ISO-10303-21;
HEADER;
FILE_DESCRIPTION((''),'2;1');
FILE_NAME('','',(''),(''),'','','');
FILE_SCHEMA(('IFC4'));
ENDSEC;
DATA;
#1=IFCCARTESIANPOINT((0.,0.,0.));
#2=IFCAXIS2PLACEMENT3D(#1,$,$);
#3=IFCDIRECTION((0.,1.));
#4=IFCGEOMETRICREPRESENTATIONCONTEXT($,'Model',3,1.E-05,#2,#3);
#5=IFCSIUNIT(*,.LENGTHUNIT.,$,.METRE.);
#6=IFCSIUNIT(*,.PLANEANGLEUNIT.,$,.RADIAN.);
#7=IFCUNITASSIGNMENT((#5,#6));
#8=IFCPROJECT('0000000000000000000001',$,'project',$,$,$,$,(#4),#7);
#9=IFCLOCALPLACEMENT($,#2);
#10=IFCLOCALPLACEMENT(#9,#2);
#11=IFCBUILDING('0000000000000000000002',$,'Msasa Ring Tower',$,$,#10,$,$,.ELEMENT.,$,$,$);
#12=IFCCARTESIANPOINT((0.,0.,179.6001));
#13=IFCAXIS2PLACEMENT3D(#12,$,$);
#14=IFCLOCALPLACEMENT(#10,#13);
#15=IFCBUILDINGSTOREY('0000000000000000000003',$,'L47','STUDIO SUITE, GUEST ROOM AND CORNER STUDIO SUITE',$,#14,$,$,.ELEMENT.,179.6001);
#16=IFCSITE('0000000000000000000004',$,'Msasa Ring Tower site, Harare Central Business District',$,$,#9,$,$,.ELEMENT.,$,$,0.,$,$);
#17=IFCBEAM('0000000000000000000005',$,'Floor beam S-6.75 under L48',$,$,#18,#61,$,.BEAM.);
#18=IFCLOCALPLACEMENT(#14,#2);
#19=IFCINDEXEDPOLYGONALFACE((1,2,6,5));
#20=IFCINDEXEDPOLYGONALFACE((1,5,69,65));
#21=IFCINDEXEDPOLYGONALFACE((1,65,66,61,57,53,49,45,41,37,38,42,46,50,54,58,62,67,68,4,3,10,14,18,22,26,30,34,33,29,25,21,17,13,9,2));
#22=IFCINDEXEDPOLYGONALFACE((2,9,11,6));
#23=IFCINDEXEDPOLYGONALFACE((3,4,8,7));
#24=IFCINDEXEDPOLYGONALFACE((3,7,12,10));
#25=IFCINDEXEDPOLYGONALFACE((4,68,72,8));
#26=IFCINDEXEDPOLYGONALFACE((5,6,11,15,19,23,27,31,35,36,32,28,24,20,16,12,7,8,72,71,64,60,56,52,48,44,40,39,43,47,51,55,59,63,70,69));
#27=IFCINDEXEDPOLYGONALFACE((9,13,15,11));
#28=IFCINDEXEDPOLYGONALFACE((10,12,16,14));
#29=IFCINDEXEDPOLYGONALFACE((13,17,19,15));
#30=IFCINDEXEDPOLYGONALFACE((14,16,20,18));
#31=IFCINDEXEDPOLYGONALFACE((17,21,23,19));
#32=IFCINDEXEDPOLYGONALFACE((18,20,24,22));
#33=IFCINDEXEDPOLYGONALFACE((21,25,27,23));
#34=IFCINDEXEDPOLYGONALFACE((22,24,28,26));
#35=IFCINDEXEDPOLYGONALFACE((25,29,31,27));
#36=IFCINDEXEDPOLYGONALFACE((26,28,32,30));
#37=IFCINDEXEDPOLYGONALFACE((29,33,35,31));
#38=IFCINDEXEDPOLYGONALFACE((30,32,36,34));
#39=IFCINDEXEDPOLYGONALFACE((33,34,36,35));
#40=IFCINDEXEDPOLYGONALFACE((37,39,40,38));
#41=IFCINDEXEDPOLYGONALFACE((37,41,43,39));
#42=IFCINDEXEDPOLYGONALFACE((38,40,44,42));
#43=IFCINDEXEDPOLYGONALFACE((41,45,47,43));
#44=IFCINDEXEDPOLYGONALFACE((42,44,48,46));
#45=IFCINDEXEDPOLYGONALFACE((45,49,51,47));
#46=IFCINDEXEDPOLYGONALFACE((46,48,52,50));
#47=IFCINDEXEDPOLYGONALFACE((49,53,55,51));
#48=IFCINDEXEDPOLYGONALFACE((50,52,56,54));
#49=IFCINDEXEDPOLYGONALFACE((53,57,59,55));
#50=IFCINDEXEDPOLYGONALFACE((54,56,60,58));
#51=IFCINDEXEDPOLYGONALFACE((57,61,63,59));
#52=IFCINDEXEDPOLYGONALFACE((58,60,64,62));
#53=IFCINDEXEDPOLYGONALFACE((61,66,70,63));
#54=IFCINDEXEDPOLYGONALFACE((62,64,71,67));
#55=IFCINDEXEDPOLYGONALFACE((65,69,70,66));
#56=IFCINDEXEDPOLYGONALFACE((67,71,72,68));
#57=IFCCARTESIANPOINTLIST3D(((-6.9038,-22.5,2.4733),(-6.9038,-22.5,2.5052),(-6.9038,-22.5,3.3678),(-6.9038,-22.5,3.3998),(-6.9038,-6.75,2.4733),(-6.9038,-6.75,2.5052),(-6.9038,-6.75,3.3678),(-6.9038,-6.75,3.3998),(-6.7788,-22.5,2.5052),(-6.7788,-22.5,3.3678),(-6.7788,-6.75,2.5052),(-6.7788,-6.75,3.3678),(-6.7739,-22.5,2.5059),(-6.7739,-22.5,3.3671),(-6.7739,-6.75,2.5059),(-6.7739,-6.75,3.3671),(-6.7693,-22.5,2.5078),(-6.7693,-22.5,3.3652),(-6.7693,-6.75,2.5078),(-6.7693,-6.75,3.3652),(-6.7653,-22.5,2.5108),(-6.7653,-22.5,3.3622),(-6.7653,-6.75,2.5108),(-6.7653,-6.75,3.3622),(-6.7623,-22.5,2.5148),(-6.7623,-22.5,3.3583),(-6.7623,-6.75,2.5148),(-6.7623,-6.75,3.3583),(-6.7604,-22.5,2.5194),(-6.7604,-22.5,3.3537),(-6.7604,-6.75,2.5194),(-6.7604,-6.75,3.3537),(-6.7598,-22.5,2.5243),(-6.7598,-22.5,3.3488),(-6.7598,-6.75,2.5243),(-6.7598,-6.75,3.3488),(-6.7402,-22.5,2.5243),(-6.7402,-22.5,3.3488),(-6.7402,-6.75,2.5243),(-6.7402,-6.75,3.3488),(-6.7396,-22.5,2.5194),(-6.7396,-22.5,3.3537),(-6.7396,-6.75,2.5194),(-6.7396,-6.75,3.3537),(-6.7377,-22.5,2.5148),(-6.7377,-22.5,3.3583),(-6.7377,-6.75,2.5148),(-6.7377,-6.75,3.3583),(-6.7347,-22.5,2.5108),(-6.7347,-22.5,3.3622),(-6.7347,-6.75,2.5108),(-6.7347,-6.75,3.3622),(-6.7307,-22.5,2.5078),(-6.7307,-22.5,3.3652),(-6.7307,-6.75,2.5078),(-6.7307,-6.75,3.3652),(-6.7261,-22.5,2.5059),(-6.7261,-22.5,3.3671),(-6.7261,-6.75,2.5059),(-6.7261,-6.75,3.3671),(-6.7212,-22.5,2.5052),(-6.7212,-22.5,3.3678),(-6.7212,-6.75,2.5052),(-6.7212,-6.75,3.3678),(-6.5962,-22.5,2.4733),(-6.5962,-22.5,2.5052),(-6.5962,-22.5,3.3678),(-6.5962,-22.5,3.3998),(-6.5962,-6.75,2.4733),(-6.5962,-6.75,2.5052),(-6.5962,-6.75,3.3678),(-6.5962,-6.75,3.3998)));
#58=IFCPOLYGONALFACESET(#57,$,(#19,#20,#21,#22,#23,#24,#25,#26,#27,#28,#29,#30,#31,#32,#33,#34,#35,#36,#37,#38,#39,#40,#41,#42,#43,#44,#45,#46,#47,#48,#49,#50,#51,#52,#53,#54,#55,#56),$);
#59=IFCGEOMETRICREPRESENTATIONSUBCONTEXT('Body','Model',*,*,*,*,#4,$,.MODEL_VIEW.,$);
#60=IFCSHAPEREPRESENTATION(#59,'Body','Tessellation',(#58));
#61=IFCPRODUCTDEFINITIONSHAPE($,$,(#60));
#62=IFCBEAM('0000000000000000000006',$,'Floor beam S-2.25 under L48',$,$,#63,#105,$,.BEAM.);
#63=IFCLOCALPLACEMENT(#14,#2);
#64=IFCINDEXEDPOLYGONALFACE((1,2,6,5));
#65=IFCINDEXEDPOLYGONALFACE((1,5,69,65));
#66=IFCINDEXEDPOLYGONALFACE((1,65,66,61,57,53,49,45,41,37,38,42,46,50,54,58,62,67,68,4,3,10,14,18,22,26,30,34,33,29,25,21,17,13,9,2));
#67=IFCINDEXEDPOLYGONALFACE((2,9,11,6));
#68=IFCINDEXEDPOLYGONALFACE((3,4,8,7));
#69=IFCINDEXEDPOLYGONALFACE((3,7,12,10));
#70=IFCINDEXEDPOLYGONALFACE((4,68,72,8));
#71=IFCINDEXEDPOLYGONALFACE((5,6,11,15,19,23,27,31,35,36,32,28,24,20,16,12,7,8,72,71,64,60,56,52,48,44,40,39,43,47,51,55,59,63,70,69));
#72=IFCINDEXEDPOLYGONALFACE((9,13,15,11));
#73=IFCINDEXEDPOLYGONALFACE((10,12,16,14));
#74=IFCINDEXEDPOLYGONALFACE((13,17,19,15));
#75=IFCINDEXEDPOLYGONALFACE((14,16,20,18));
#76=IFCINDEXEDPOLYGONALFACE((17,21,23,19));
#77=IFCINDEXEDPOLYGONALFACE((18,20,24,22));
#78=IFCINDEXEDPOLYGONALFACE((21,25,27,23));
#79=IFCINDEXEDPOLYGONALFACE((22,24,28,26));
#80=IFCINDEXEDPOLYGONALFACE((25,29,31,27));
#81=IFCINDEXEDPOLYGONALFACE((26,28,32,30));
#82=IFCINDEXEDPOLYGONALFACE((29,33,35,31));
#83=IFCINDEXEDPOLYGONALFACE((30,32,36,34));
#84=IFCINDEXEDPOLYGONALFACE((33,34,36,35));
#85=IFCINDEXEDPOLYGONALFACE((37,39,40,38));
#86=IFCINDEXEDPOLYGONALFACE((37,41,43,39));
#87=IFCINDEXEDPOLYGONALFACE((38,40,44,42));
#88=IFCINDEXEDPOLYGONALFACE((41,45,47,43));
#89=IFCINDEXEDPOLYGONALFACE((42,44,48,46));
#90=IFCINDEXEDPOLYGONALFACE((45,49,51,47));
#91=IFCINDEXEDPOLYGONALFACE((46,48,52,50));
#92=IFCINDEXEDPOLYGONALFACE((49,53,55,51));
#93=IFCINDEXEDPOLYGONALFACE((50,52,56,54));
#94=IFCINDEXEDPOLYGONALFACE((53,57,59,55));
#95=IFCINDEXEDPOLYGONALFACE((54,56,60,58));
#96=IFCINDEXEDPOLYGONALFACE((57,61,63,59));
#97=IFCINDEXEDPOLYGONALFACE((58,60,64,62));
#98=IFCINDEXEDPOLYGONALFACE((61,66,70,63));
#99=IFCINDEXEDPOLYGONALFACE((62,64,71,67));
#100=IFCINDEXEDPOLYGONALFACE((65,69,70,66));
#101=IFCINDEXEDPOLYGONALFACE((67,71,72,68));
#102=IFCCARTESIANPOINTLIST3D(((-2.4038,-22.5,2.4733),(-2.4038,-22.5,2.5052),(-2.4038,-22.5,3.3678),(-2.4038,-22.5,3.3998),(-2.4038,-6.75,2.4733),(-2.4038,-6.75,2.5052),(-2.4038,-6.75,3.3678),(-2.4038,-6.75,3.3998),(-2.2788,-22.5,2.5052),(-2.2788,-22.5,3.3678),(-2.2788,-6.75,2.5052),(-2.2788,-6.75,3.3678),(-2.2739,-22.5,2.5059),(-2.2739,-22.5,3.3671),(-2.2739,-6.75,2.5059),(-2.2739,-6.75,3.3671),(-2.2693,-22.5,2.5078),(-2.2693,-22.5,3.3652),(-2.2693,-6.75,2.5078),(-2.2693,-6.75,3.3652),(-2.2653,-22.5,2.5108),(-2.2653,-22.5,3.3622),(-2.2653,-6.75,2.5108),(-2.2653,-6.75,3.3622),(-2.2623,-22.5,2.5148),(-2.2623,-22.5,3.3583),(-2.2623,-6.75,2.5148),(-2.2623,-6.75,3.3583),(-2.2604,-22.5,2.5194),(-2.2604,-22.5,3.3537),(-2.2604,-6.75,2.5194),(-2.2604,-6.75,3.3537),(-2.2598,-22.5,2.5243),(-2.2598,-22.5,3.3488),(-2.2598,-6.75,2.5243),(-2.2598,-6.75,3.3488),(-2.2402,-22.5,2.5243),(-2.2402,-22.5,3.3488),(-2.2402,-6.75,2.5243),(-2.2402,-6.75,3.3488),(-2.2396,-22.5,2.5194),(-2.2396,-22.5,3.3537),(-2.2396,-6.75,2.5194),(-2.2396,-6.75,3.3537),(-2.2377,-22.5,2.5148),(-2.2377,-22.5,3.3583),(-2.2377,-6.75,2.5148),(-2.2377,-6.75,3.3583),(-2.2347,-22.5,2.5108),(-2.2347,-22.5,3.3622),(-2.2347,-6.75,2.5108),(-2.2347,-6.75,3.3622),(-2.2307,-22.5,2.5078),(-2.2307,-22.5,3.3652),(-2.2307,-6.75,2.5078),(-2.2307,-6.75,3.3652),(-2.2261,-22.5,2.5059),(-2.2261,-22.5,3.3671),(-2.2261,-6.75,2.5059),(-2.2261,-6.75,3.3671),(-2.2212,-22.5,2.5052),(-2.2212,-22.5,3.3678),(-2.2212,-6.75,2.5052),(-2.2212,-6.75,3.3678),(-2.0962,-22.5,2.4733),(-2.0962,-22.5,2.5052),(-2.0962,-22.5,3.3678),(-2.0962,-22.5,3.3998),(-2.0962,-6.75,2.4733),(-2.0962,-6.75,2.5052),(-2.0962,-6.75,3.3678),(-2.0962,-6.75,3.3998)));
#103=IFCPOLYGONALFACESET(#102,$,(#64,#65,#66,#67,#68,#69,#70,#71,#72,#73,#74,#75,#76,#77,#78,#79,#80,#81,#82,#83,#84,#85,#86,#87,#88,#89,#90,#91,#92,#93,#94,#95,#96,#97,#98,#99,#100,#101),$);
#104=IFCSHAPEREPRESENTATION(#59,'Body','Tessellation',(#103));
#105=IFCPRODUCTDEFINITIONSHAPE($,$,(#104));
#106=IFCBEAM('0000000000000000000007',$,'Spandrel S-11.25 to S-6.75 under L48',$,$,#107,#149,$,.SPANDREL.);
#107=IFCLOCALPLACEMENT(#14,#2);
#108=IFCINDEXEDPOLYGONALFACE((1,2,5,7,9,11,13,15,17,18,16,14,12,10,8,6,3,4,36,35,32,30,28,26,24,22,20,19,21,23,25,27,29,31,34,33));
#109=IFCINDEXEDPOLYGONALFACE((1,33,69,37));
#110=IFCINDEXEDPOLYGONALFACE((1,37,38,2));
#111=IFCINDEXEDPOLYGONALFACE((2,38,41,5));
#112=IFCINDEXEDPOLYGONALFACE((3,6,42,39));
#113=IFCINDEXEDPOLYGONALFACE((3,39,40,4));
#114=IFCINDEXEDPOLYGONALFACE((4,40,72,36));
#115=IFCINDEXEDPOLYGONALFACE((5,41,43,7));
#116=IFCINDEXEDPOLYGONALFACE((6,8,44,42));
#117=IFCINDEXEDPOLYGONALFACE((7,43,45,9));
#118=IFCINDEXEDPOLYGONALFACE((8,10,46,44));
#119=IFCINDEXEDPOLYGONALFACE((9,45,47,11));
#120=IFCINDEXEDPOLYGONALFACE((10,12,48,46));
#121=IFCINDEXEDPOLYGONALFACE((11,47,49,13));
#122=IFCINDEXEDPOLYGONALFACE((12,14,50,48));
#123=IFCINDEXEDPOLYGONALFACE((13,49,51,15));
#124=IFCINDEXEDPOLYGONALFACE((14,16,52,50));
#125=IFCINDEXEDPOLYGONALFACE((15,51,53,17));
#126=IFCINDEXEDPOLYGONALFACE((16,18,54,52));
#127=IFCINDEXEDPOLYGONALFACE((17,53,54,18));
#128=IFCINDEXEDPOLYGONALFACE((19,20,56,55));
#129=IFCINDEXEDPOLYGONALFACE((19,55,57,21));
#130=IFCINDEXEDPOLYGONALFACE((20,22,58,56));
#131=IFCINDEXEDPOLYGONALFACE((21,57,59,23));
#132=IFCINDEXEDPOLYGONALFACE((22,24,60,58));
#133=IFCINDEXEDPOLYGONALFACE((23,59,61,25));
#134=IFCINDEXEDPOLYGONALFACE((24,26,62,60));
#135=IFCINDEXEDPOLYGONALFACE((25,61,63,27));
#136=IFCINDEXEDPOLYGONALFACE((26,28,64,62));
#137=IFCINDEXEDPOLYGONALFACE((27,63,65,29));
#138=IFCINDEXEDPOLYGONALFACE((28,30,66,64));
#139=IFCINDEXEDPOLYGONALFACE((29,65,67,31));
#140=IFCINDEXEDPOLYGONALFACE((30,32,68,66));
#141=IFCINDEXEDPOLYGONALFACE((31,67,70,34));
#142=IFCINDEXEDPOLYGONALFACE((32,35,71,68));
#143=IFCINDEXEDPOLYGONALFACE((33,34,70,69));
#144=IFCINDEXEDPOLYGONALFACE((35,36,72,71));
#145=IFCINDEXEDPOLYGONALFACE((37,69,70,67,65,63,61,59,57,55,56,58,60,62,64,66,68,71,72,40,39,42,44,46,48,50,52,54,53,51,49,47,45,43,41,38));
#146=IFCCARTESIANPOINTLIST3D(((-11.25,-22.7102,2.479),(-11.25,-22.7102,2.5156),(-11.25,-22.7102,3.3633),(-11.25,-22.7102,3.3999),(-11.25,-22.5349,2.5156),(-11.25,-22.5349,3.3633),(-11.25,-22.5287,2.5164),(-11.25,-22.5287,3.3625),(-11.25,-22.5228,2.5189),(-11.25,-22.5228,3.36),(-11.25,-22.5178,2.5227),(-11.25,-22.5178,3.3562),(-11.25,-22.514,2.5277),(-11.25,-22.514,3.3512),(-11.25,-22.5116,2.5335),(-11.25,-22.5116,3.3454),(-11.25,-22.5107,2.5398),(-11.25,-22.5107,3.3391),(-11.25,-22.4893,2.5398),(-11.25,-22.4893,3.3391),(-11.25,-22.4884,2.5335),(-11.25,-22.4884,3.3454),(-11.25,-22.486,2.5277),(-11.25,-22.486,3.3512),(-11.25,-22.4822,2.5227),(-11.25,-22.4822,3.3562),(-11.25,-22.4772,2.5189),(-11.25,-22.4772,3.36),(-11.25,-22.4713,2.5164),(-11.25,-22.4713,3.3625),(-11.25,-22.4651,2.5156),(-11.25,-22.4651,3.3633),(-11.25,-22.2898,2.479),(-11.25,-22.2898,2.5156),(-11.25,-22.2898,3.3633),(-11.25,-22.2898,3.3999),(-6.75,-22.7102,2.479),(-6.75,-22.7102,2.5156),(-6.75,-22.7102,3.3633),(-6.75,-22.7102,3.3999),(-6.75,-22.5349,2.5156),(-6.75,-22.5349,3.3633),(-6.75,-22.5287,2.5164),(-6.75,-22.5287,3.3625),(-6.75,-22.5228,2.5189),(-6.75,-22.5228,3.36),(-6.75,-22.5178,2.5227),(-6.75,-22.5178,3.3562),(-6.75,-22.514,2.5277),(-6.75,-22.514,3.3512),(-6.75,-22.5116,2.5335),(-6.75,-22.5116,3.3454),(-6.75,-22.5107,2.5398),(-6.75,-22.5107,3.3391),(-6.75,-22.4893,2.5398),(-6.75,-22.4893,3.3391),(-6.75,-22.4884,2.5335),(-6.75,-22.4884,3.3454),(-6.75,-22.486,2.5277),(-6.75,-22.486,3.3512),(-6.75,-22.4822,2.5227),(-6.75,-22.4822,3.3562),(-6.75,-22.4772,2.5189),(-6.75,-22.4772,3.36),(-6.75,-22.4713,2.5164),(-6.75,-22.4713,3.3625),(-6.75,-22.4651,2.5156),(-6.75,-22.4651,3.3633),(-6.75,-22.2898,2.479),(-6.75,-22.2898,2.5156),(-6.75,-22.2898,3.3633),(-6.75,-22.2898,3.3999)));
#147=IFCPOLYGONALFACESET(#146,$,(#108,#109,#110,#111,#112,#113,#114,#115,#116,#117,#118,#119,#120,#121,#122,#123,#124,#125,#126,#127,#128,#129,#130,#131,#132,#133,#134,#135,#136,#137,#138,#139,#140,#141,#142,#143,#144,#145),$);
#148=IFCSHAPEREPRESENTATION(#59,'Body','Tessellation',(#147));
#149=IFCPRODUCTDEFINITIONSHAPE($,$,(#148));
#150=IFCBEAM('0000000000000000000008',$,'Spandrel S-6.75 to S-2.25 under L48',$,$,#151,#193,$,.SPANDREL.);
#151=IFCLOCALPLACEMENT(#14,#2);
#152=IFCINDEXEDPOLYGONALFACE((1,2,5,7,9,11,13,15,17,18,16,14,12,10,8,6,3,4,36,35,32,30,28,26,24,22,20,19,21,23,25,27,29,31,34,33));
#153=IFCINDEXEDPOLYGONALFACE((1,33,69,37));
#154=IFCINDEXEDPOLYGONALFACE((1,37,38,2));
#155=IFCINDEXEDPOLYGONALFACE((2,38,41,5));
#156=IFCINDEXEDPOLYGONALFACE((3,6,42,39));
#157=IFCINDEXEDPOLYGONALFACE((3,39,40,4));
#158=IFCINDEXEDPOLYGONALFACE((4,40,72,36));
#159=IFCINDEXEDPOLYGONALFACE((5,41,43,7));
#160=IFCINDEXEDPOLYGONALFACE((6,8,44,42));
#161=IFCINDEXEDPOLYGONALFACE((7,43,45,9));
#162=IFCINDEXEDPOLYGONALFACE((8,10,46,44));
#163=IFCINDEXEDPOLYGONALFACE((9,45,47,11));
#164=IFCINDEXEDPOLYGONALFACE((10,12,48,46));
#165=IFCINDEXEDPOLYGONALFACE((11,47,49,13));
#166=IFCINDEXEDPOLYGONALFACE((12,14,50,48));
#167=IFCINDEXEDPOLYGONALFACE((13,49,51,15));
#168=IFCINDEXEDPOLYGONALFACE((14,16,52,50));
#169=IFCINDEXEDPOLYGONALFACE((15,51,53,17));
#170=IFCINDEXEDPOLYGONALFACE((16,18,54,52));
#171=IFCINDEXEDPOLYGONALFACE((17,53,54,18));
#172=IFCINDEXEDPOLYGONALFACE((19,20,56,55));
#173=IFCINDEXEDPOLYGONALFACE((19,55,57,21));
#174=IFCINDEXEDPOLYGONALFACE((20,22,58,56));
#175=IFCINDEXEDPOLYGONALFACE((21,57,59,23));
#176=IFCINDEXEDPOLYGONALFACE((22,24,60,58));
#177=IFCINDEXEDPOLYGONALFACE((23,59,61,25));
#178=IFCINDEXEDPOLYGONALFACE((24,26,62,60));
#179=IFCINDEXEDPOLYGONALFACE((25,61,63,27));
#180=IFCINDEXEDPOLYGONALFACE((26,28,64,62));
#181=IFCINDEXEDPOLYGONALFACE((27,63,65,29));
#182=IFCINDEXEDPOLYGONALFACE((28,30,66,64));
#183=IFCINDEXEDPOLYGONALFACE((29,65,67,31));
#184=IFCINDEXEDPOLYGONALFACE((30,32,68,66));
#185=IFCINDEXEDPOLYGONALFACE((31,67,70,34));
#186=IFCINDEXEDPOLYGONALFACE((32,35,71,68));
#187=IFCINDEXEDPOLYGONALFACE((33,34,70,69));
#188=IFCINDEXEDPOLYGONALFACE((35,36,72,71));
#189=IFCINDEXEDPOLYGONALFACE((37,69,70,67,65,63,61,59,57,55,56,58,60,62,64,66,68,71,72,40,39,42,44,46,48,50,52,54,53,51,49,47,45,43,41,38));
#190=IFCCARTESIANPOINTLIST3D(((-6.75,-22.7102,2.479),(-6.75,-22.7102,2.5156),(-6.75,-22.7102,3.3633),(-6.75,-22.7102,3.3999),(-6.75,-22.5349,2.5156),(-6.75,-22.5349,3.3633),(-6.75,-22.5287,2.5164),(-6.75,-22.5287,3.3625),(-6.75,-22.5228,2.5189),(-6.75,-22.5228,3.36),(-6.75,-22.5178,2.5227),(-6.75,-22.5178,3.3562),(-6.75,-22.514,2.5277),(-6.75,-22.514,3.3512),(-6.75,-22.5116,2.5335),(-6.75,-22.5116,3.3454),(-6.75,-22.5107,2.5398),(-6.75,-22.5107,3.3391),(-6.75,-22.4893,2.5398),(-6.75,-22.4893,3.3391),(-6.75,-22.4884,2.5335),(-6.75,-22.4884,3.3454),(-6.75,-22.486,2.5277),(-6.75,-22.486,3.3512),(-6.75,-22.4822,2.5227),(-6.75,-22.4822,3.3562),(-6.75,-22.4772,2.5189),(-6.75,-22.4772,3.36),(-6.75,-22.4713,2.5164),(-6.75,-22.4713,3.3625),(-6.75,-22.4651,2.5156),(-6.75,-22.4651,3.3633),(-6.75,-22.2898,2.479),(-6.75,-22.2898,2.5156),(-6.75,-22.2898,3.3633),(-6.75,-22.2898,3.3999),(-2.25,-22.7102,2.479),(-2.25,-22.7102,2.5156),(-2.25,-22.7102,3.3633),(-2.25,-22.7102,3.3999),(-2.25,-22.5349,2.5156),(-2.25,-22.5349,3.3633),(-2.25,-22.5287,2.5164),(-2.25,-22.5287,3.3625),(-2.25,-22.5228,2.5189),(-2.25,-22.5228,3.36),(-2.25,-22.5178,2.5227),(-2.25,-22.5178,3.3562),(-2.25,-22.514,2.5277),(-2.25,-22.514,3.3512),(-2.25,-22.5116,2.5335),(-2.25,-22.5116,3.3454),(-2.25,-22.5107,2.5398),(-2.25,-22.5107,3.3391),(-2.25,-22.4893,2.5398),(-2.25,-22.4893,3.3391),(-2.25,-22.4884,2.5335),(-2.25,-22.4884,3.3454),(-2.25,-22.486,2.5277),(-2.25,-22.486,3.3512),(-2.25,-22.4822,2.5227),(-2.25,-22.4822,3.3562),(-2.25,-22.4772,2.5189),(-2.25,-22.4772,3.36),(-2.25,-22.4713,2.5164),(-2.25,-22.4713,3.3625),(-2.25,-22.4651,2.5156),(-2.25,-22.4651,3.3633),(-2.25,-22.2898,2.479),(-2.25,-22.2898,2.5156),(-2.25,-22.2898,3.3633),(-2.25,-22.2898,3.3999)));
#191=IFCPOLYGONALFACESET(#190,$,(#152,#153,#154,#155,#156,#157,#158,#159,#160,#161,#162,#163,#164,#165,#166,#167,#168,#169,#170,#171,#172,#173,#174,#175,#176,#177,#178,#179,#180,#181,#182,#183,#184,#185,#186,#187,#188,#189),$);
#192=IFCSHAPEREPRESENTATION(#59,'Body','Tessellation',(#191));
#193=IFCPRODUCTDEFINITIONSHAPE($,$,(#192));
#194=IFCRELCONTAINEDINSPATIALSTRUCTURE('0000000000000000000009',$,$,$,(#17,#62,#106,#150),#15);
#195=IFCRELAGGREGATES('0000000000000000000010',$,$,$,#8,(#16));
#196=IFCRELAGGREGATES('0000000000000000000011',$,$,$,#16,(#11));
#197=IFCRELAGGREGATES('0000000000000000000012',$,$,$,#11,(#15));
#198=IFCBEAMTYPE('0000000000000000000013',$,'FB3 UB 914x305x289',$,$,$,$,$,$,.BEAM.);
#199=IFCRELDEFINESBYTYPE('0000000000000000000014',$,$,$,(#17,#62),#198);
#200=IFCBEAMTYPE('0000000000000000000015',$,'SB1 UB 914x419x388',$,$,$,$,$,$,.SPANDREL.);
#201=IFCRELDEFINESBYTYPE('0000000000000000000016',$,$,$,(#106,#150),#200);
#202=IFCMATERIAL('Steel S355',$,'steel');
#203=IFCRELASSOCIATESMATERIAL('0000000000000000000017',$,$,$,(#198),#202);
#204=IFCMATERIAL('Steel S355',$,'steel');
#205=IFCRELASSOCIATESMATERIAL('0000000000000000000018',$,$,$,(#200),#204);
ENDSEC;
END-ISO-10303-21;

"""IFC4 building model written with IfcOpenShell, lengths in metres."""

from ifc_helpers import new_model, si_unit, direction, frame, origin, origin_2d, place, context, subcontext, project, spatial, i_section, extrude, material, material_profile, profile_set, type_object, element, save


model = new_model("IFC4")

# Units and contexts
model_context = context("Model", 3, precision=1e-05, world=origin(), true_north=direction((0.0, 1.0)))
body_context = subcontext(model_context, "Body", "Model", "MODEL_VIEW")
ifc_project = project(units=[si_unit("LENGTHUNIT", "METRE"), si_unit("PLANEANGLEUNIT", "RADIAN")], contexts=[model_context])

# Site, building, storey
site_placement = place(None, origin())
site = spatial("IfcSite", under=ifc_project, at=site_placement, Name="Msasa Ring Tower site, Harare Central Business District", CompositionType="ELEMENT", RefElevation=0.0)
building_placement = place(site_placement, origin())
building = spatial("IfcBuilding", under=site, at=building_placement, Name="Msasa Ring Tower", CompositionType="ELEMENT")
storey_placement = place(building_placement, frame((0.0, 0.0, 179.6001)))
storey = spatial("IfcBuildingStorey", under=building, at=storey_placement, Name="L47", Description="STUDIO SUITE, GUEST ROOM AND CORNER STUDIO SUITE", CompositionType="ELEMENT", Elevation=179.6001)

# Beams
ifc_material_1 = material(Name="Steel S355", Category="steel")
ifc_material_profile_1 = material_profile(ifc_material_1, i_section(OverallWidth=0.3076, OverallDepth=0.9265, WebThickness=0.0195, FlangeThickness=0.032, FilletRadius=0.019, at=origin_2d()), Name="UB 914x305x289")
ifc_profile_set_1 = profile_set([ifc_material_profile_1], Name="Steel S355")
beam_type_1 = type_object("IfcBeamType", Name="FB3 UB 914x305x289", PredefinedType="BEAM", material=ifc_profile_set_1)
for number, where, z_axis, x_axis, name in (
    (1, (-6.75, -22.5, 2.9365), (0.0, 1.0, 0.0), (-1.0, 0.0, 0.0), "Floor beam S-6.75 under L48"),
    (2, (-2.25, -22.5, 2.9365), (0.0, 1.0, 0.0), (-1.0, 0.0, 0.0), "Floor beam S-2.25 under L48"),
):
    element("IfcBeam", number, at=place(storey_placement, frame(where, z_axis=z_axis, x_axis=x_axis)), inside=storey, type_object=beam_type_1, Name=name, PredefinedType="BEAM", context=body_context, shape_type="SweptSolid", body=[
        extrude(i_section(OverallWidth=0.3076, OverallDepth=0.9265, WebThickness=0.0195, FlangeThickness=0.032, FilletRadius=0.019, at=origin_2d()), origin(), (0.0, 0.0, 1.0), 15.75),
    ])
ifc_material_2 = material(Name="Steel S355", Category="steel")
ifc_material_profile_2 = material_profile(ifc_material_2, i_section(OverallWidth=0.4204, OverallDepth=0.9209, WebThickness=0.0215, FlangeThickness=0.0366, FilletRadius=0.0242, at=origin_2d()), Name="UB 914x419x388")
ifc_profile_set_2 = profile_set([ifc_material_profile_2], Name="Steel S355")
beam_type_2 = type_object("IfcBeamType", Name="SB1 UB 914x419x388", PredefinedType="SPANDREL", material=ifc_profile_set_2)
for number, where, z_axis, x_axis, name in (
    (3, (-11.25, -22.5, 2.9395), (1.0, 0.0, 0.0), (0.0, 1.0, 0.0), "Spandrel S-11.25 to S-6.75 under L48"),
    (4, (-6.75, -22.5, 2.9395), (1.0, 0.0, 0.0), (0.0, 1.0, 0.0), "Spandrel S-6.75 to S-2.25 under L48"),
):
    element("IfcBeam", number, at=place(storey_placement, frame(where, z_axis=z_axis, x_axis=x_axis)), inside=storey, type_object=beam_type_2, Name=name, PredefinedType="SPANDREL", context=body_context, shape_type="SweptSolid", body=[
        extrude(i_section(OverallWidth=0.4204, OverallDepth=0.9209, WebThickness=0.0215, FlangeThickness=0.0366, FilletRadius=0.0242, at=origin_2d()), origin(), (0.0, 0.0, 1.0), 4.5),
    ])

save(model, "model.ifc")
